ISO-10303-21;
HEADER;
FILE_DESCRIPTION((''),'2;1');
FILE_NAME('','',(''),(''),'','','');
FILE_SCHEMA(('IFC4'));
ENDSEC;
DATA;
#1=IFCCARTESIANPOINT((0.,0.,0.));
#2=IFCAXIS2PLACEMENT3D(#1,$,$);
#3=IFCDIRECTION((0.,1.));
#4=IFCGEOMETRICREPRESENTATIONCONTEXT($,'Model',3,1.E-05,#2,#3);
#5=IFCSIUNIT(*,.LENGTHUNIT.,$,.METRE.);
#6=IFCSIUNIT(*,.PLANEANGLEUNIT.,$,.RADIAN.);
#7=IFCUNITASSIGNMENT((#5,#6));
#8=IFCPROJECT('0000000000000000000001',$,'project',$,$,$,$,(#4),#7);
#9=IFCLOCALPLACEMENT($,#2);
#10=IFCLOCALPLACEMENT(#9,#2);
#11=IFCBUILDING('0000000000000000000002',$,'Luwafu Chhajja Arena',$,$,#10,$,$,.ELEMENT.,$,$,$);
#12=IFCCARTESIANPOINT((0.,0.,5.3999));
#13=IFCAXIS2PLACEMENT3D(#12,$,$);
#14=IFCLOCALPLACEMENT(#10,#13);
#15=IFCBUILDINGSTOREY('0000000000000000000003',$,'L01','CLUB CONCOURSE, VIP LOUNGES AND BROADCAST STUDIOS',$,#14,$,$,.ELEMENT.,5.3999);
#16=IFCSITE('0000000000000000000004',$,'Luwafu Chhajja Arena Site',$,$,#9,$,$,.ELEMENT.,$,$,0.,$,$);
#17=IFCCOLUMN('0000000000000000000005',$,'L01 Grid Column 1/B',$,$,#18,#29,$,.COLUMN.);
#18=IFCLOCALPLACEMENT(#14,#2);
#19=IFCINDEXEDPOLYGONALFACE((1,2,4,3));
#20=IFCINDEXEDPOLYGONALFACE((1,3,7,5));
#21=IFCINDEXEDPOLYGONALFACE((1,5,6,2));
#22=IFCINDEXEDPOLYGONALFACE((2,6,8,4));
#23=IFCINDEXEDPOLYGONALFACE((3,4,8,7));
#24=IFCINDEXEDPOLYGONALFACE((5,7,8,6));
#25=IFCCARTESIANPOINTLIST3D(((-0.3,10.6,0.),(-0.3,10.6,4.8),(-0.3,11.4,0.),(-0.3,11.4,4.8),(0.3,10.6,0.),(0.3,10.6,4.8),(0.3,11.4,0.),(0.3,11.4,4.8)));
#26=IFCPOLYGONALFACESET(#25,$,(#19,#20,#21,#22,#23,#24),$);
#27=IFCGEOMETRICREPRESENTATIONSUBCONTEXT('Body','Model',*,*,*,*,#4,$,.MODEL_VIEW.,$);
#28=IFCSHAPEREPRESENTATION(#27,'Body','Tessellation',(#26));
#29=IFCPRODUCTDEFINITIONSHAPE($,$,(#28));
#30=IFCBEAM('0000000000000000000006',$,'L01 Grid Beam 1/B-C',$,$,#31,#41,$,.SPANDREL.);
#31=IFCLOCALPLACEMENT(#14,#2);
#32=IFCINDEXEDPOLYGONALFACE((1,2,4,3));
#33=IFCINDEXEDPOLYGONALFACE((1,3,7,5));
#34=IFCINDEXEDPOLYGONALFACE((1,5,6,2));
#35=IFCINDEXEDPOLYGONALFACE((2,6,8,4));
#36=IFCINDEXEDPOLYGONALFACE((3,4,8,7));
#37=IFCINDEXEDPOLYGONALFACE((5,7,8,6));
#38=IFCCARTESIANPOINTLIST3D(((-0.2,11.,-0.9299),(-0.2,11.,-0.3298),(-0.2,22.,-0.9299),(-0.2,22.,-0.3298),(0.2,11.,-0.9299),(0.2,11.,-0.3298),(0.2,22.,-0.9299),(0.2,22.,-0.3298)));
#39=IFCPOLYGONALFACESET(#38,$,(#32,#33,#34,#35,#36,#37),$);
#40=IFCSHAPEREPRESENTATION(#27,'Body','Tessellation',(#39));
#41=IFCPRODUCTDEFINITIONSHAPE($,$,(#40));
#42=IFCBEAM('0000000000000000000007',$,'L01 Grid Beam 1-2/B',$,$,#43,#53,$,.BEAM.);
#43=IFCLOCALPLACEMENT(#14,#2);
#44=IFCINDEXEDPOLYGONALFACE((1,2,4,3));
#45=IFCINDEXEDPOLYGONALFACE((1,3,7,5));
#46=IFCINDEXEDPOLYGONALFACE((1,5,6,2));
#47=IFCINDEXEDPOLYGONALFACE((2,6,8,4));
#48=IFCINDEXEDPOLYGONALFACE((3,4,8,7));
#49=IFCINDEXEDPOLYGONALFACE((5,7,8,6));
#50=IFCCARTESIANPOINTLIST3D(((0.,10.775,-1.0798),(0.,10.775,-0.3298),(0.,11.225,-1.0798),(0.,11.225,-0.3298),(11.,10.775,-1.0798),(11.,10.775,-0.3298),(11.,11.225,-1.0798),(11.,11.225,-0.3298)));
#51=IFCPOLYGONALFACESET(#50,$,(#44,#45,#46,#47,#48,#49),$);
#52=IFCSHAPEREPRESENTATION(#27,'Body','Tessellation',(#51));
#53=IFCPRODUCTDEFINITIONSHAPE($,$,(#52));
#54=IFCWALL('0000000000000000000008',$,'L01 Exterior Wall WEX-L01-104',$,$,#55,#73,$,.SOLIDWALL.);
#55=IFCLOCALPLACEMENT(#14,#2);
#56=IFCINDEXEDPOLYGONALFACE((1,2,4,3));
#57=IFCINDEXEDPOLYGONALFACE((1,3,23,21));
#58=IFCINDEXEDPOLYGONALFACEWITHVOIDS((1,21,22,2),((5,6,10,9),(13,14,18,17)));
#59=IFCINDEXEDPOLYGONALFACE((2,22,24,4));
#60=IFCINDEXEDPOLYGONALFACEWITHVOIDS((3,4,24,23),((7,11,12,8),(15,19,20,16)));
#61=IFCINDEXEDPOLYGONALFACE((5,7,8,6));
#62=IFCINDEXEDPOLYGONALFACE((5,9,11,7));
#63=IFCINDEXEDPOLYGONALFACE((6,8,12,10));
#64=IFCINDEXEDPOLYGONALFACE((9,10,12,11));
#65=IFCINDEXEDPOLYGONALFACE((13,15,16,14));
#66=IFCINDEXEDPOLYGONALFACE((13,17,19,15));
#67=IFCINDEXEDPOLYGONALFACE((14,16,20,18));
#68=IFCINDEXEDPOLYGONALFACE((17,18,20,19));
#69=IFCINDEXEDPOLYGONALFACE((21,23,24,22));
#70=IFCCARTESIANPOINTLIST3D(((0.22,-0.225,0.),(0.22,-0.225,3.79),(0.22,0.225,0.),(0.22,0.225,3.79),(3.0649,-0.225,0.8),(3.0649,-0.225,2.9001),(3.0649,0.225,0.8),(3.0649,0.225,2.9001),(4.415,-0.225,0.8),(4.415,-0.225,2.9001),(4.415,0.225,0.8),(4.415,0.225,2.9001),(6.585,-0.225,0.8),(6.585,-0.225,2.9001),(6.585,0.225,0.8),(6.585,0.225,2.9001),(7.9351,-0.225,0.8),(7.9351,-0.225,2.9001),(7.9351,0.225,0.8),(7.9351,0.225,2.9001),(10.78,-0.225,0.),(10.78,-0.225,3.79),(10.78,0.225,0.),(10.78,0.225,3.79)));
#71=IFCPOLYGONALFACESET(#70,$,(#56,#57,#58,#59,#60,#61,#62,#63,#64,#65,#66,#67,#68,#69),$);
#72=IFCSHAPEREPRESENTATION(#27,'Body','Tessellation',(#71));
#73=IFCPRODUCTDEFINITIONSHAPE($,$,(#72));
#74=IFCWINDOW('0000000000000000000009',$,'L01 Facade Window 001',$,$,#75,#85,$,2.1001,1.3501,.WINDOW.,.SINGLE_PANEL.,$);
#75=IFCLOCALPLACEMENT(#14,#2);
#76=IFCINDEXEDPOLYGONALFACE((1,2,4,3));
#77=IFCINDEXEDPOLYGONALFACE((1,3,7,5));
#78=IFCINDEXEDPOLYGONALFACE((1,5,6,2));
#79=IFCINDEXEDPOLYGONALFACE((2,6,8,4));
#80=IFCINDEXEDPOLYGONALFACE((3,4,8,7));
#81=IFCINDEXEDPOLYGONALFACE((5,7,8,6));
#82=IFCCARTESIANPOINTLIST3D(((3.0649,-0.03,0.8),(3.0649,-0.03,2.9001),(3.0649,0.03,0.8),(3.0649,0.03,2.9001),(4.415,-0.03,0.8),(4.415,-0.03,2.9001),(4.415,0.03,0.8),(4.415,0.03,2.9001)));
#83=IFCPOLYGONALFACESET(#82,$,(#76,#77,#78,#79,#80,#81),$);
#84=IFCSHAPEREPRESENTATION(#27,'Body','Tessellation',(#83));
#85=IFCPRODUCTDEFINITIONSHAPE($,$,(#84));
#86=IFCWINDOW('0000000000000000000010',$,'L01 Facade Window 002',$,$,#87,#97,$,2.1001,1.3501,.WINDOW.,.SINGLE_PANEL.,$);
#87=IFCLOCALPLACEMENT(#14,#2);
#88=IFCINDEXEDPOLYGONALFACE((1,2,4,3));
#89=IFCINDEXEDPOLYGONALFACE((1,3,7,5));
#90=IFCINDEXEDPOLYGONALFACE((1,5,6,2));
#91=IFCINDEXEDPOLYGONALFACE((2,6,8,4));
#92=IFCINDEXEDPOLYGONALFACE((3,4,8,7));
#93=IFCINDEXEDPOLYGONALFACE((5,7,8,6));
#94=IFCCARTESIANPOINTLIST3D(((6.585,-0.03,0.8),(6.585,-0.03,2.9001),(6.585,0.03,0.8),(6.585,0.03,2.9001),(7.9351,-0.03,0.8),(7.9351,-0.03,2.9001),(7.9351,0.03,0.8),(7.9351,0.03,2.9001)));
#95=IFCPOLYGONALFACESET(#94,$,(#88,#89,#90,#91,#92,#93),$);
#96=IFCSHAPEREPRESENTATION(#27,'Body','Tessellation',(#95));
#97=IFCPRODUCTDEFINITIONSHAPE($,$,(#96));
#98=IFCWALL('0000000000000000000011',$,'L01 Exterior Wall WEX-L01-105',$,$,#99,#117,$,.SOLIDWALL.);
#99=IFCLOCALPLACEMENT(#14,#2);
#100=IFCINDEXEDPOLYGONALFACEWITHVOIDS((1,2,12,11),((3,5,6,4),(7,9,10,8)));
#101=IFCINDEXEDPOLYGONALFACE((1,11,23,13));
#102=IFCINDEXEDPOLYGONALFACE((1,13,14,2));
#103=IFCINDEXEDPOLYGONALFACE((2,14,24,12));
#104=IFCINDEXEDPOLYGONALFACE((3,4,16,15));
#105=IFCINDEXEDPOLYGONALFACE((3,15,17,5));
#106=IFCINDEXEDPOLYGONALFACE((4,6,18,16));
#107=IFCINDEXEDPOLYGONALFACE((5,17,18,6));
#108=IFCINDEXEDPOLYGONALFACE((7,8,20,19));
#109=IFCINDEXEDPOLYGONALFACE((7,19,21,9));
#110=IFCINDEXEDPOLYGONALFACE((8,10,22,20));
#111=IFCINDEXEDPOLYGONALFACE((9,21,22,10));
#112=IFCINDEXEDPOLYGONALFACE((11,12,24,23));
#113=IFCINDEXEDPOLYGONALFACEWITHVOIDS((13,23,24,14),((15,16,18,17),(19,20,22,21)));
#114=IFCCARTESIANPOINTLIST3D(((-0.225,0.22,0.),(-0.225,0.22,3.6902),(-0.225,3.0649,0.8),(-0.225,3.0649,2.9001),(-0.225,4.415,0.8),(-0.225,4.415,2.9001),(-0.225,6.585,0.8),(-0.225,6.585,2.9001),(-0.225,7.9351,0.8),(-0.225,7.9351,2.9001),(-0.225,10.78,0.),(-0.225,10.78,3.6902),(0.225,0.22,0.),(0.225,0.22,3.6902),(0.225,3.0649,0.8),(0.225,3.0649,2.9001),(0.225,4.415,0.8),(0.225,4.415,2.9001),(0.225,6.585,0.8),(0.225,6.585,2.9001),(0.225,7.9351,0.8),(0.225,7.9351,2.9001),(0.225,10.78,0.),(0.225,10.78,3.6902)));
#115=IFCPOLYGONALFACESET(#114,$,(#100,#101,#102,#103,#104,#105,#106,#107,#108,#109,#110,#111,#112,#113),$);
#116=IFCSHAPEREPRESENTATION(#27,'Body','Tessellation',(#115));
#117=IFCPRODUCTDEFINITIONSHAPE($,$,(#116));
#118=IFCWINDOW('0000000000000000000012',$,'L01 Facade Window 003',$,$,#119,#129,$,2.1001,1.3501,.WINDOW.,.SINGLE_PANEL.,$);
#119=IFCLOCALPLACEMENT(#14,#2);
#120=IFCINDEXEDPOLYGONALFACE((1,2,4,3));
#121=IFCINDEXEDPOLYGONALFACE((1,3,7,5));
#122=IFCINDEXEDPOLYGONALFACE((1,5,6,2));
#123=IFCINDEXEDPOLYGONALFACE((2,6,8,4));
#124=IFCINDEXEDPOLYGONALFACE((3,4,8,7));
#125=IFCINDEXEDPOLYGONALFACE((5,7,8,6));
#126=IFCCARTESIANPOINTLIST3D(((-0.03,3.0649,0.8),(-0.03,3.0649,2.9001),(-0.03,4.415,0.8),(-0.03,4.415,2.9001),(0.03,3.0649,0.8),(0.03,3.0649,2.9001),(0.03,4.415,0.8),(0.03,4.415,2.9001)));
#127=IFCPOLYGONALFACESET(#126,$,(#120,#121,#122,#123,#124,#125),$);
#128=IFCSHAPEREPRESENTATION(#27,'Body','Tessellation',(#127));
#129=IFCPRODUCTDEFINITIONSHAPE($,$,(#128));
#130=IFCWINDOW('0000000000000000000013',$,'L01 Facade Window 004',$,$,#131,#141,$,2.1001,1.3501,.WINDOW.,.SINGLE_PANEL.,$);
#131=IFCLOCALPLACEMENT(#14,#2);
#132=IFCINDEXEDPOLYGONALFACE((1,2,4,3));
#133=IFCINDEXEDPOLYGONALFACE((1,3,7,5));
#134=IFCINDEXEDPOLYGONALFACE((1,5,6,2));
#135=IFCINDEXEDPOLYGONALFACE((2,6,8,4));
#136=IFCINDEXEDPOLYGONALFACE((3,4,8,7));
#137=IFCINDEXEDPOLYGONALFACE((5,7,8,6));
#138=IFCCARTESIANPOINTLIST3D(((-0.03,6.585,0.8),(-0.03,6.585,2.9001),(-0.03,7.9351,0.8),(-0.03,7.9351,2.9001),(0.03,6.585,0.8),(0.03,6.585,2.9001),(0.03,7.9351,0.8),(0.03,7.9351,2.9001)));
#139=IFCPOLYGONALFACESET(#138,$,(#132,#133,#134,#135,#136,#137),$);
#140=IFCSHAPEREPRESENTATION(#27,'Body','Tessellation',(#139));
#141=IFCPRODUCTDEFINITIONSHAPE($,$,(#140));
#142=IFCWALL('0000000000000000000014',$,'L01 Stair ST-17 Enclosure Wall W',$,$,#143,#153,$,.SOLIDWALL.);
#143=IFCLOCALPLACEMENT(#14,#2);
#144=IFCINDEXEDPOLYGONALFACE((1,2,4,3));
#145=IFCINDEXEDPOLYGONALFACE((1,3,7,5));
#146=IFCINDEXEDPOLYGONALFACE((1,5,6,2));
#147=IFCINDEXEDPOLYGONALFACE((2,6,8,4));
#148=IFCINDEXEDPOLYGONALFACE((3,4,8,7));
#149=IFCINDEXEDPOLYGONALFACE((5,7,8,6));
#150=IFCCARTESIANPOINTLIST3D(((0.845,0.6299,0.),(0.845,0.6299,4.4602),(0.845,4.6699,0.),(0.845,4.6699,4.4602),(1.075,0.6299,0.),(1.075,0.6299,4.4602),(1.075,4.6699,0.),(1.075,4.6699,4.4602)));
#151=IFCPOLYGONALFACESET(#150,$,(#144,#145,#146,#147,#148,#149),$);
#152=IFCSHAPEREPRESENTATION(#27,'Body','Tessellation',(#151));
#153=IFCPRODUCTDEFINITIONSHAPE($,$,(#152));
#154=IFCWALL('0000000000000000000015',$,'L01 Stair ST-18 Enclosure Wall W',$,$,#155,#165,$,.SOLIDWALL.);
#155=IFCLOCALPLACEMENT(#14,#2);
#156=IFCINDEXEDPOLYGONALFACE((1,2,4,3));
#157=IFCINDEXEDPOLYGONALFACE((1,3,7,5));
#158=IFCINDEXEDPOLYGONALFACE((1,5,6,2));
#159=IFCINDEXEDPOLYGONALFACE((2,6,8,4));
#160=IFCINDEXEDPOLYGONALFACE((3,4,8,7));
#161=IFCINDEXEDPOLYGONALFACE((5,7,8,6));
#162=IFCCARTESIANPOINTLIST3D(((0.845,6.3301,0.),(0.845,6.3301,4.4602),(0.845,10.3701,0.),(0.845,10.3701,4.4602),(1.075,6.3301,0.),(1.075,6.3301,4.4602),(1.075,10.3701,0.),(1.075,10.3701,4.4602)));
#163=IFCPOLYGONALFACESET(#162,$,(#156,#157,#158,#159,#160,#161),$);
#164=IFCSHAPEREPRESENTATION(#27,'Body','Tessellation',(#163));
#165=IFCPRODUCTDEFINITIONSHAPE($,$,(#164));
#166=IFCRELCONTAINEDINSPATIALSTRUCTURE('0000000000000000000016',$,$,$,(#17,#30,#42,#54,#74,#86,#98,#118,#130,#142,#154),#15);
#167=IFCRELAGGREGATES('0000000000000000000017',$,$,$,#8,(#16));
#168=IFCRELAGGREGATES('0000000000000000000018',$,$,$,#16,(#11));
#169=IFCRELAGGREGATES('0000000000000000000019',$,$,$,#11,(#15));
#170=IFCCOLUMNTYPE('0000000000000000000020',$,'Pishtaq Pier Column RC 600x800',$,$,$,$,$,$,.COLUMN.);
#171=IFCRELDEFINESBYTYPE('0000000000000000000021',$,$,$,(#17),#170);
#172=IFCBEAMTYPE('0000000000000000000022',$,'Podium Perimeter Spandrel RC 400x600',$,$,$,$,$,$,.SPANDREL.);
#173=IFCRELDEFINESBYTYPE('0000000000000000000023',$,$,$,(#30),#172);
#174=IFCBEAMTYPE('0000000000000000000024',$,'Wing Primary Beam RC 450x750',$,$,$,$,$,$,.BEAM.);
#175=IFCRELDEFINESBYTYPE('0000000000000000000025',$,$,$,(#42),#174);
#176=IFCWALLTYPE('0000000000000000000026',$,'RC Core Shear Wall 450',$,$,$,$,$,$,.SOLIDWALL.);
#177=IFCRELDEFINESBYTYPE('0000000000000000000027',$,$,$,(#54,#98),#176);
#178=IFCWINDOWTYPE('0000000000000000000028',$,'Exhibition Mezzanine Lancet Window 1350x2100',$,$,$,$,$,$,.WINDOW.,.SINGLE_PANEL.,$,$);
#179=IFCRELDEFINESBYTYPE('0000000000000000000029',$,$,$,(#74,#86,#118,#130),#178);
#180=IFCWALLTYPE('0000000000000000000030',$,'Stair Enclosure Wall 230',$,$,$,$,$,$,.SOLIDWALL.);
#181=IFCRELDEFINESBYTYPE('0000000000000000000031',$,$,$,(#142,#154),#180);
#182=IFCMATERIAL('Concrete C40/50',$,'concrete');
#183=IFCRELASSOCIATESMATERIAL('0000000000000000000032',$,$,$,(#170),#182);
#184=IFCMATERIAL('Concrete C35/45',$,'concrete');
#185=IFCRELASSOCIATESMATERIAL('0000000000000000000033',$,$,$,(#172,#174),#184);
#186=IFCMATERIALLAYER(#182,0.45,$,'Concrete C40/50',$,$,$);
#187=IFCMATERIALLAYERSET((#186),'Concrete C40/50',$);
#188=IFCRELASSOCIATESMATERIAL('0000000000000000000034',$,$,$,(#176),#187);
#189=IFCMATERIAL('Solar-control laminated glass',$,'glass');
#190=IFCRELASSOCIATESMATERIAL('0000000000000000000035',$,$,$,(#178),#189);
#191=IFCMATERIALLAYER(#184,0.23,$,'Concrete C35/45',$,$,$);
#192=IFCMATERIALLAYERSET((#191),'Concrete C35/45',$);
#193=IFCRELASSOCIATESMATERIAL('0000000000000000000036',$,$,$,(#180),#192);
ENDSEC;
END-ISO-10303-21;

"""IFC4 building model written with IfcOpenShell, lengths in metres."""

from ifc_helpers import new_model, si_unit, direction, frame, frame_2d, origin, origin_2d, place, context, subcontext, project, spatial, rectangle, extrude, material, layer, layer_set, material_profile, profile_set, type_object, element, fill, save


model = new_model("IFC4")

# Units and contexts
model_context = context("Model", 3, precision=1e-05, world=origin(), true_north=direction((0.0, 1.0)))
body_context = subcontext(model_context, "Body", "Model", "MODEL_VIEW")
ifc_project = project(units=[si_unit("LENGTHUNIT", "METRE"), si_unit("PLANEANGLEUNIT", "RADIAN")], contexts=[model_context])

# Site, building, storey
site_placement = place(None, origin())
site = spatial("IfcSite", under=ifc_project, at=site_placement, Name="Luwafu Chhajja Arena Site", CompositionType="ELEMENT", RefElevation=0.0)
building_placement = place(site_placement, origin())
building = spatial("IfcBuilding", under=site, at=building_placement, Name="Luwafu Chhajja Arena", CompositionType="ELEMENT")
storey_placement = place(building_placement, frame((0.0, 0.0, 5.3999)))
storey = spatial("IfcBuildingStorey", under=building, at=storey_placement, Name="L01", Description="CLUB CONCOURSE, VIP LOUNGES AND BROADCAST STUDIOS", CompositionType="ELEMENT", Elevation=5.3999)

# Column
ifc_material_1 = material(Name="Concrete C40/50", Category="concrete")
ifc_material_profile_1 = material_profile(ifc_material_1, rectangle(XDim=0.6001, YDim=0.8, at=origin_2d()), Name="RC 600x800")
ifc_profile_set_1 = profile_set([ifc_material_profile_1], Name="Concrete C40/50")
column_type = type_object("IfcColumnType", Name="Pishtaq Pier Column RC 600x800", PredefinedType="COLUMN", material=ifc_profile_set_1)
column_placement = place(storey_placement, frame((0.0, 11.0, 0.0), z_axis=(0.0, 0.0, 1.0), x_axis=(1.0, 0.0, 0.0)))
element("IfcColumn", 1, at=column_placement, inside=storey, type_object=column_type, Name="L01 Grid Column 1/B", PredefinedType="COLUMN", context=body_context, shape_type="SweptSolid", body=[
    extrude(rectangle(XDim=0.6001, YDim=0.8, at=origin_2d()), origin(), (0.0, 0.0, 1.0), 4.8),
])

# Beams
ifc_material_2 = material(Name="Concrete C35/45", Category="concrete")
ifc_material_profile_2 = material_profile(ifc_material_2, rectangle(XDim=0.3999, YDim=0.6001, at=origin_2d()), Name="RC 400x600")
ifc_profile_set_2 = profile_set([ifc_material_profile_2], Name="Concrete C35/45")
beam_type_1 = type_object("IfcBeamType", Name="Podium Perimeter Spandrel RC 400x600", PredefinedType="SPANDREL", material=ifc_profile_set_2)
beam_1_placement = place(storey_placement, frame((0.0, 11.0, -0.6299), z_axis=(0.0, 1.0, 0.0), x_axis=(-1.0, 0.0, 0.0)))
element("IfcBeam", 2, at=beam_1_placement, inside=storey, type_object=beam_type_1, Name="L01 Grid Beam 1/B-C", PredefinedType="SPANDREL", context=body_context, shape_type="SweptSolid", body=[
    extrude(rectangle(XDim=0.3999, YDim=0.6001, at=origin_2d()), origin(), (0.0, 0.0, 1.0), 11.0),
])
ifc_material_profile_3 = material_profile(ifc_material_2, rectangle(XDim=0.45, YDim=0.75, at=origin_2d()), Name="RC 450x750")
ifc_profile_set_3 = profile_set([ifc_material_profile_3], Name="Concrete C35/45")
beam_type_2 = type_object("IfcBeamType", Name="Wing Primary Beam RC 450x750", PredefinedType="BEAM", material=ifc_profile_set_3)
beam_2_placement = place(storey_placement, frame((0.0, 11.0, -0.7048), z_axis=(1.0, 0.0, 0.0), x_axis=(0.0, 1.0, 0.0)))
element("IfcBeam", 3, at=beam_2_placement, inside=storey, type_object=beam_type_2, Name="L01 Grid Beam 1-2/B", PredefinedType="BEAM", context=body_context, shape_type="SweptSolid", body=[
    extrude(rectangle(XDim=0.45, YDim=0.75, at=origin_2d()), origin(), (0.0, 0.0, 1.0), 11.0),
])

# Walls, openings, windows
ifc_layer_1 = layer(ifc_material_1, 0.45, Name="Concrete C40/50")
ifc_layer_set_1 = layer_set([ifc_layer_1], Name="Concrete C40/50")
wall_type_1 = type_object("IfcWallType", Name="RC Core Shear Wall 450", PredefinedType="SOLIDWALL", material=ifc_layer_set_1)
wall_1_placement = place(storey_placement, frame((0.22, 0.0, 0.0), z_axis=(0.0, 0.0, 1.0), x_axis=(1.0, 0.0, 0.0)))
wall_1 = element("IfcWall", 4, at=wall_1_placement, inside=storey, type_object=wall_type_1, Name="L01 Exterior Wall WEX-L01-104", PredefinedType="SOLIDWALL", context=body_context, shape_type="SweptSolid", body=[
    extrude(rectangle(XDim=10.5601, YDim=0.45, at=frame_2d((5.28, 0.0))), origin(), (0.0, 0.0, 1.0), 3.79),
])
opening_1_placement = place(wall_1_placement, frame((2.845, 0.0, 0.8)))
opening_1 = element("IfcOpeningElement", 5, at=opening_1_placement, cuts=wall_1, PredefinedType="OPENING", context=body_context, shape_type="SweptSolid", body=[
    extrude(rectangle(XDim=1.3501, YDim=2.1001, at=frame_2d((0.675, 1.05))), frame((0.0, 0.2349, 0.0), z_axis=(0.0, -1.0, 0.0), x_axis=(1.0, 0.0, 0.0)), (0.0, 0.0, 1.0), 0.47),
])
opening_2_placement = place(wall_1_placement, frame((6.365, 0.0, 0.8)))
opening_2 = element("IfcOpeningElement", 6, at=opening_2_placement, cuts=wall_1, PredefinedType="OPENING", context=body_context, shape_type="SweptSolid", body=[
    extrude(rectangle(XDim=1.3501, YDim=2.1001, at=frame_2d((0.675, 1.05))), frame((0.0, 0.2349, 0.0), z_axis=(0.0, -1.0, 0.0), x_axis=(1.0, 0.0, 0.0)), (0.0, 0.0, 1.0), 0.47),
])
ifc_material_3 = material(Name="Solar-control laminated glass", Category="glass")
window_type = type_object("IfcWindowType", Name="Exhibition Mezzanine Lancet Window 1350x2100", PartitioningType="SINGLE_PANEL", PredefinedType="WINDOW", material=ifc_material_3)
window_1_placement = place(opening_1_placement, origin())
window_1 = element("IfcWindow", 7, at=window_1_placement, inside=storey, type_object=window_type, Name="L01 Facade Window 001", OverallHeight=2.1001, OverallWidth=1.3501, PartitioningType="SINGLE_PANEL", PredefinedType="WINDOW", context=body_context, shape_type="SweptSolid", body=[
    extrude(rectangle(XDim=1.3501, YDim=2.1001, at=frame_2d((0.675, 1.05))), frame((0.0, 0.03, 0.0), z_axis=(0.0, -1.0, 0.0), x_axis=(1.0, 0.0, 0.0)), (0.0, 0.0, 1.0), 0.0601),
])
fill(opening_1, window_1)
window_2_placement = place(opening_2_placement, origin())
window_2 = element("IfcWindow", 8, at=window_2_placement, inside=storey, type_object=window_type, Name="L01 Facade Window 002", OverallHeight=2.1001, OverallWidth=1.3501, PartitioningType="SINGLE_PANEL", PredefinedType="WINDOW", context=body_context, shape_type="SweptSolid", body=[
    extrude(rectangle(XDim=1.3501, YDim=2.1001, at=frame_2d((0.675, 1.05))), frame((0.0, 0.03, 0.0), z_axis=(0.0, -1.0, 0.0), x_axis=(1.0, 0.0, 0.0)), (0.0, 0.0, 1.0), 0.0601),
])
fill(opening_2, window_2)
wall_2_placement = place(storey_placement, frame((0.0, 0.22, 0.0), z_axis=(0.0, 0.0, 1.0), x_axis=(0.0, 1.0, 0.0)))
wall_2 = element("IfcWall", 9, at=wall_2_placement, inside=storey, type_object=wall_type_1, Name="L01 Exterior Wall WEX-L01-105", PredefinedType="SOLIDWALL", context=body_context, shape_type="SweptSolid", body=[
    extrude(rectangle(XDim=10.5601, YDim=0.45, at=frame_2d((5.28, 0.0))), origin(), (0.0, 0.0, 1.0), 3.6902),
])
opening_3_placement = place(wall_2_placement, frame((2.845, 0.0, 0.8)))
opening_3 = element("IfcOpeningElement", 10, at=opening_3_placement, cuts=wall_2, PredefinedType="OPENING", context=body_context, shape_type="SweptSolid", body=[
    extrude(rectangle(XDim=1.3501, YDim=2.1001, at=frame_2d((0.675, 1.05))), frame((0.0, 0.2349, 0.0), z_axis=(0.0, -1.0, 0.0), x_axis=(1.0, 0.0, 0.0)), (0.0, 0.0, 1.0), 0.47),
])
opening_4_placement = place(wall_2_placement, frame((6.365, 0.0, 0.8)))
opening_4 = element("IfcOpeningElement", 11, at=opening_4_placement, cuts=wall_2, PredefinedType="OPENING", context=body_context, shape_type="SweptSolid", body=[
    extrude(rectangle(XDim=1.3501, YDim=2.1001, at=frame_2d((0.675, 1.05))), frame((0.0, 0.2349, 0.0), z_axis=(0.0, -1.0, 0.0), x_axis=(1.0, 0.0, 0.0)), (0.0, 0.0, 1.0), 0.47),
])
window_3_placement = place(opening_3_placement, origin())
window_3 = element("IfcWindow", 12, at=window_3_placement, inside=storey, type_object=window_type, Name="L01 Facade Window 003", OverallHeight=2.1001, OverallWidth=1.3501, PartitioningType="SINGLE_PANEL", PredefinedType="WINDOW", context=body_context, shape_type="SweptSolid", body=[
    extrude(rectangle(XDim=1.3501, YDim=2.1001, at=frame_2d((0.675, 1.05))), frame((0.0, 0.03, 0.0), z_axis=(0.0, -1.0, 0.0), x_axis=(1.0, 0.0, 0.0)), (0.0, 0.0, 1.0), 0.0601),
])
fill(opening_3, window_3)
window_4_placement = place(opening_4_placement, origin())
window_4 = element("IfcWindow", 13, at=window_4_placement, inside=storey, type_object=window_type, Name="L01 Facade Window 004", OverallHeight=2.1001, OverallWidth=1.3501, PartitioningType="SINGLE_PANEL", PredefinedType="WINDOW", context=body_context, shape_type="SweptSolid", body=[
    extrude(rectangle(XDim=1.3501, YDim=2.1001, at=frame_2d((0.675, 1.05))), frame((0.0, 0.03, 0.0), z_axis=(0.0, -1.0, 0.0), x_axis=(1.0, 0.0, 0.0)), (0.0, 0.0, 1.0), 0.0601),
])
fill(opening_4, window_4)

# Walls
ifc_layer_2 = layer(ifc_material_2, 0.23, Name="Concrete C35/45")
ifc_layer_set_2 = layer_set([ifc_layer_2], Name="Concrete C35/45")
wall_type_2 = type_object("IfcWallType", Name="Stair Enclosure Wall 230", PredefinedType="SOLIDWALL", material=ifc_layer_set_2)
for number, where, z_axis, x_axis, name in (
    (14, (0.96, 0.6299, 0.0), (0.0, 0.0, 1.0), (0.0, 1.0, 0.0), "L01 Stair ST-17 Enclosure Wall W"),
    (15, (0.96, 6.3301, 0.0), (0.0, 0.0, 1.0), (0.0, 1.0, 0.0), "L01 Stair ST-18 Enclosure Wall W"),
):
    element("IfcWall", number, at=place(storey_placement, frame(where, z_axis=z_axis, x_axis=x_axis)), inside=storey, type_object=wall_type_2, Name=name, PredefinedType="SOLIDWALL", context=body_context, shape_type="SweptSolid", body=[
        extrude(rectangle(XDim=4.04, YDim=0.23, at=frame_2d((2.02, 0.0))), origin(), (0.0, 0.0, 1.0), 4.4602),
    ])

save(model, "model.ifc")
